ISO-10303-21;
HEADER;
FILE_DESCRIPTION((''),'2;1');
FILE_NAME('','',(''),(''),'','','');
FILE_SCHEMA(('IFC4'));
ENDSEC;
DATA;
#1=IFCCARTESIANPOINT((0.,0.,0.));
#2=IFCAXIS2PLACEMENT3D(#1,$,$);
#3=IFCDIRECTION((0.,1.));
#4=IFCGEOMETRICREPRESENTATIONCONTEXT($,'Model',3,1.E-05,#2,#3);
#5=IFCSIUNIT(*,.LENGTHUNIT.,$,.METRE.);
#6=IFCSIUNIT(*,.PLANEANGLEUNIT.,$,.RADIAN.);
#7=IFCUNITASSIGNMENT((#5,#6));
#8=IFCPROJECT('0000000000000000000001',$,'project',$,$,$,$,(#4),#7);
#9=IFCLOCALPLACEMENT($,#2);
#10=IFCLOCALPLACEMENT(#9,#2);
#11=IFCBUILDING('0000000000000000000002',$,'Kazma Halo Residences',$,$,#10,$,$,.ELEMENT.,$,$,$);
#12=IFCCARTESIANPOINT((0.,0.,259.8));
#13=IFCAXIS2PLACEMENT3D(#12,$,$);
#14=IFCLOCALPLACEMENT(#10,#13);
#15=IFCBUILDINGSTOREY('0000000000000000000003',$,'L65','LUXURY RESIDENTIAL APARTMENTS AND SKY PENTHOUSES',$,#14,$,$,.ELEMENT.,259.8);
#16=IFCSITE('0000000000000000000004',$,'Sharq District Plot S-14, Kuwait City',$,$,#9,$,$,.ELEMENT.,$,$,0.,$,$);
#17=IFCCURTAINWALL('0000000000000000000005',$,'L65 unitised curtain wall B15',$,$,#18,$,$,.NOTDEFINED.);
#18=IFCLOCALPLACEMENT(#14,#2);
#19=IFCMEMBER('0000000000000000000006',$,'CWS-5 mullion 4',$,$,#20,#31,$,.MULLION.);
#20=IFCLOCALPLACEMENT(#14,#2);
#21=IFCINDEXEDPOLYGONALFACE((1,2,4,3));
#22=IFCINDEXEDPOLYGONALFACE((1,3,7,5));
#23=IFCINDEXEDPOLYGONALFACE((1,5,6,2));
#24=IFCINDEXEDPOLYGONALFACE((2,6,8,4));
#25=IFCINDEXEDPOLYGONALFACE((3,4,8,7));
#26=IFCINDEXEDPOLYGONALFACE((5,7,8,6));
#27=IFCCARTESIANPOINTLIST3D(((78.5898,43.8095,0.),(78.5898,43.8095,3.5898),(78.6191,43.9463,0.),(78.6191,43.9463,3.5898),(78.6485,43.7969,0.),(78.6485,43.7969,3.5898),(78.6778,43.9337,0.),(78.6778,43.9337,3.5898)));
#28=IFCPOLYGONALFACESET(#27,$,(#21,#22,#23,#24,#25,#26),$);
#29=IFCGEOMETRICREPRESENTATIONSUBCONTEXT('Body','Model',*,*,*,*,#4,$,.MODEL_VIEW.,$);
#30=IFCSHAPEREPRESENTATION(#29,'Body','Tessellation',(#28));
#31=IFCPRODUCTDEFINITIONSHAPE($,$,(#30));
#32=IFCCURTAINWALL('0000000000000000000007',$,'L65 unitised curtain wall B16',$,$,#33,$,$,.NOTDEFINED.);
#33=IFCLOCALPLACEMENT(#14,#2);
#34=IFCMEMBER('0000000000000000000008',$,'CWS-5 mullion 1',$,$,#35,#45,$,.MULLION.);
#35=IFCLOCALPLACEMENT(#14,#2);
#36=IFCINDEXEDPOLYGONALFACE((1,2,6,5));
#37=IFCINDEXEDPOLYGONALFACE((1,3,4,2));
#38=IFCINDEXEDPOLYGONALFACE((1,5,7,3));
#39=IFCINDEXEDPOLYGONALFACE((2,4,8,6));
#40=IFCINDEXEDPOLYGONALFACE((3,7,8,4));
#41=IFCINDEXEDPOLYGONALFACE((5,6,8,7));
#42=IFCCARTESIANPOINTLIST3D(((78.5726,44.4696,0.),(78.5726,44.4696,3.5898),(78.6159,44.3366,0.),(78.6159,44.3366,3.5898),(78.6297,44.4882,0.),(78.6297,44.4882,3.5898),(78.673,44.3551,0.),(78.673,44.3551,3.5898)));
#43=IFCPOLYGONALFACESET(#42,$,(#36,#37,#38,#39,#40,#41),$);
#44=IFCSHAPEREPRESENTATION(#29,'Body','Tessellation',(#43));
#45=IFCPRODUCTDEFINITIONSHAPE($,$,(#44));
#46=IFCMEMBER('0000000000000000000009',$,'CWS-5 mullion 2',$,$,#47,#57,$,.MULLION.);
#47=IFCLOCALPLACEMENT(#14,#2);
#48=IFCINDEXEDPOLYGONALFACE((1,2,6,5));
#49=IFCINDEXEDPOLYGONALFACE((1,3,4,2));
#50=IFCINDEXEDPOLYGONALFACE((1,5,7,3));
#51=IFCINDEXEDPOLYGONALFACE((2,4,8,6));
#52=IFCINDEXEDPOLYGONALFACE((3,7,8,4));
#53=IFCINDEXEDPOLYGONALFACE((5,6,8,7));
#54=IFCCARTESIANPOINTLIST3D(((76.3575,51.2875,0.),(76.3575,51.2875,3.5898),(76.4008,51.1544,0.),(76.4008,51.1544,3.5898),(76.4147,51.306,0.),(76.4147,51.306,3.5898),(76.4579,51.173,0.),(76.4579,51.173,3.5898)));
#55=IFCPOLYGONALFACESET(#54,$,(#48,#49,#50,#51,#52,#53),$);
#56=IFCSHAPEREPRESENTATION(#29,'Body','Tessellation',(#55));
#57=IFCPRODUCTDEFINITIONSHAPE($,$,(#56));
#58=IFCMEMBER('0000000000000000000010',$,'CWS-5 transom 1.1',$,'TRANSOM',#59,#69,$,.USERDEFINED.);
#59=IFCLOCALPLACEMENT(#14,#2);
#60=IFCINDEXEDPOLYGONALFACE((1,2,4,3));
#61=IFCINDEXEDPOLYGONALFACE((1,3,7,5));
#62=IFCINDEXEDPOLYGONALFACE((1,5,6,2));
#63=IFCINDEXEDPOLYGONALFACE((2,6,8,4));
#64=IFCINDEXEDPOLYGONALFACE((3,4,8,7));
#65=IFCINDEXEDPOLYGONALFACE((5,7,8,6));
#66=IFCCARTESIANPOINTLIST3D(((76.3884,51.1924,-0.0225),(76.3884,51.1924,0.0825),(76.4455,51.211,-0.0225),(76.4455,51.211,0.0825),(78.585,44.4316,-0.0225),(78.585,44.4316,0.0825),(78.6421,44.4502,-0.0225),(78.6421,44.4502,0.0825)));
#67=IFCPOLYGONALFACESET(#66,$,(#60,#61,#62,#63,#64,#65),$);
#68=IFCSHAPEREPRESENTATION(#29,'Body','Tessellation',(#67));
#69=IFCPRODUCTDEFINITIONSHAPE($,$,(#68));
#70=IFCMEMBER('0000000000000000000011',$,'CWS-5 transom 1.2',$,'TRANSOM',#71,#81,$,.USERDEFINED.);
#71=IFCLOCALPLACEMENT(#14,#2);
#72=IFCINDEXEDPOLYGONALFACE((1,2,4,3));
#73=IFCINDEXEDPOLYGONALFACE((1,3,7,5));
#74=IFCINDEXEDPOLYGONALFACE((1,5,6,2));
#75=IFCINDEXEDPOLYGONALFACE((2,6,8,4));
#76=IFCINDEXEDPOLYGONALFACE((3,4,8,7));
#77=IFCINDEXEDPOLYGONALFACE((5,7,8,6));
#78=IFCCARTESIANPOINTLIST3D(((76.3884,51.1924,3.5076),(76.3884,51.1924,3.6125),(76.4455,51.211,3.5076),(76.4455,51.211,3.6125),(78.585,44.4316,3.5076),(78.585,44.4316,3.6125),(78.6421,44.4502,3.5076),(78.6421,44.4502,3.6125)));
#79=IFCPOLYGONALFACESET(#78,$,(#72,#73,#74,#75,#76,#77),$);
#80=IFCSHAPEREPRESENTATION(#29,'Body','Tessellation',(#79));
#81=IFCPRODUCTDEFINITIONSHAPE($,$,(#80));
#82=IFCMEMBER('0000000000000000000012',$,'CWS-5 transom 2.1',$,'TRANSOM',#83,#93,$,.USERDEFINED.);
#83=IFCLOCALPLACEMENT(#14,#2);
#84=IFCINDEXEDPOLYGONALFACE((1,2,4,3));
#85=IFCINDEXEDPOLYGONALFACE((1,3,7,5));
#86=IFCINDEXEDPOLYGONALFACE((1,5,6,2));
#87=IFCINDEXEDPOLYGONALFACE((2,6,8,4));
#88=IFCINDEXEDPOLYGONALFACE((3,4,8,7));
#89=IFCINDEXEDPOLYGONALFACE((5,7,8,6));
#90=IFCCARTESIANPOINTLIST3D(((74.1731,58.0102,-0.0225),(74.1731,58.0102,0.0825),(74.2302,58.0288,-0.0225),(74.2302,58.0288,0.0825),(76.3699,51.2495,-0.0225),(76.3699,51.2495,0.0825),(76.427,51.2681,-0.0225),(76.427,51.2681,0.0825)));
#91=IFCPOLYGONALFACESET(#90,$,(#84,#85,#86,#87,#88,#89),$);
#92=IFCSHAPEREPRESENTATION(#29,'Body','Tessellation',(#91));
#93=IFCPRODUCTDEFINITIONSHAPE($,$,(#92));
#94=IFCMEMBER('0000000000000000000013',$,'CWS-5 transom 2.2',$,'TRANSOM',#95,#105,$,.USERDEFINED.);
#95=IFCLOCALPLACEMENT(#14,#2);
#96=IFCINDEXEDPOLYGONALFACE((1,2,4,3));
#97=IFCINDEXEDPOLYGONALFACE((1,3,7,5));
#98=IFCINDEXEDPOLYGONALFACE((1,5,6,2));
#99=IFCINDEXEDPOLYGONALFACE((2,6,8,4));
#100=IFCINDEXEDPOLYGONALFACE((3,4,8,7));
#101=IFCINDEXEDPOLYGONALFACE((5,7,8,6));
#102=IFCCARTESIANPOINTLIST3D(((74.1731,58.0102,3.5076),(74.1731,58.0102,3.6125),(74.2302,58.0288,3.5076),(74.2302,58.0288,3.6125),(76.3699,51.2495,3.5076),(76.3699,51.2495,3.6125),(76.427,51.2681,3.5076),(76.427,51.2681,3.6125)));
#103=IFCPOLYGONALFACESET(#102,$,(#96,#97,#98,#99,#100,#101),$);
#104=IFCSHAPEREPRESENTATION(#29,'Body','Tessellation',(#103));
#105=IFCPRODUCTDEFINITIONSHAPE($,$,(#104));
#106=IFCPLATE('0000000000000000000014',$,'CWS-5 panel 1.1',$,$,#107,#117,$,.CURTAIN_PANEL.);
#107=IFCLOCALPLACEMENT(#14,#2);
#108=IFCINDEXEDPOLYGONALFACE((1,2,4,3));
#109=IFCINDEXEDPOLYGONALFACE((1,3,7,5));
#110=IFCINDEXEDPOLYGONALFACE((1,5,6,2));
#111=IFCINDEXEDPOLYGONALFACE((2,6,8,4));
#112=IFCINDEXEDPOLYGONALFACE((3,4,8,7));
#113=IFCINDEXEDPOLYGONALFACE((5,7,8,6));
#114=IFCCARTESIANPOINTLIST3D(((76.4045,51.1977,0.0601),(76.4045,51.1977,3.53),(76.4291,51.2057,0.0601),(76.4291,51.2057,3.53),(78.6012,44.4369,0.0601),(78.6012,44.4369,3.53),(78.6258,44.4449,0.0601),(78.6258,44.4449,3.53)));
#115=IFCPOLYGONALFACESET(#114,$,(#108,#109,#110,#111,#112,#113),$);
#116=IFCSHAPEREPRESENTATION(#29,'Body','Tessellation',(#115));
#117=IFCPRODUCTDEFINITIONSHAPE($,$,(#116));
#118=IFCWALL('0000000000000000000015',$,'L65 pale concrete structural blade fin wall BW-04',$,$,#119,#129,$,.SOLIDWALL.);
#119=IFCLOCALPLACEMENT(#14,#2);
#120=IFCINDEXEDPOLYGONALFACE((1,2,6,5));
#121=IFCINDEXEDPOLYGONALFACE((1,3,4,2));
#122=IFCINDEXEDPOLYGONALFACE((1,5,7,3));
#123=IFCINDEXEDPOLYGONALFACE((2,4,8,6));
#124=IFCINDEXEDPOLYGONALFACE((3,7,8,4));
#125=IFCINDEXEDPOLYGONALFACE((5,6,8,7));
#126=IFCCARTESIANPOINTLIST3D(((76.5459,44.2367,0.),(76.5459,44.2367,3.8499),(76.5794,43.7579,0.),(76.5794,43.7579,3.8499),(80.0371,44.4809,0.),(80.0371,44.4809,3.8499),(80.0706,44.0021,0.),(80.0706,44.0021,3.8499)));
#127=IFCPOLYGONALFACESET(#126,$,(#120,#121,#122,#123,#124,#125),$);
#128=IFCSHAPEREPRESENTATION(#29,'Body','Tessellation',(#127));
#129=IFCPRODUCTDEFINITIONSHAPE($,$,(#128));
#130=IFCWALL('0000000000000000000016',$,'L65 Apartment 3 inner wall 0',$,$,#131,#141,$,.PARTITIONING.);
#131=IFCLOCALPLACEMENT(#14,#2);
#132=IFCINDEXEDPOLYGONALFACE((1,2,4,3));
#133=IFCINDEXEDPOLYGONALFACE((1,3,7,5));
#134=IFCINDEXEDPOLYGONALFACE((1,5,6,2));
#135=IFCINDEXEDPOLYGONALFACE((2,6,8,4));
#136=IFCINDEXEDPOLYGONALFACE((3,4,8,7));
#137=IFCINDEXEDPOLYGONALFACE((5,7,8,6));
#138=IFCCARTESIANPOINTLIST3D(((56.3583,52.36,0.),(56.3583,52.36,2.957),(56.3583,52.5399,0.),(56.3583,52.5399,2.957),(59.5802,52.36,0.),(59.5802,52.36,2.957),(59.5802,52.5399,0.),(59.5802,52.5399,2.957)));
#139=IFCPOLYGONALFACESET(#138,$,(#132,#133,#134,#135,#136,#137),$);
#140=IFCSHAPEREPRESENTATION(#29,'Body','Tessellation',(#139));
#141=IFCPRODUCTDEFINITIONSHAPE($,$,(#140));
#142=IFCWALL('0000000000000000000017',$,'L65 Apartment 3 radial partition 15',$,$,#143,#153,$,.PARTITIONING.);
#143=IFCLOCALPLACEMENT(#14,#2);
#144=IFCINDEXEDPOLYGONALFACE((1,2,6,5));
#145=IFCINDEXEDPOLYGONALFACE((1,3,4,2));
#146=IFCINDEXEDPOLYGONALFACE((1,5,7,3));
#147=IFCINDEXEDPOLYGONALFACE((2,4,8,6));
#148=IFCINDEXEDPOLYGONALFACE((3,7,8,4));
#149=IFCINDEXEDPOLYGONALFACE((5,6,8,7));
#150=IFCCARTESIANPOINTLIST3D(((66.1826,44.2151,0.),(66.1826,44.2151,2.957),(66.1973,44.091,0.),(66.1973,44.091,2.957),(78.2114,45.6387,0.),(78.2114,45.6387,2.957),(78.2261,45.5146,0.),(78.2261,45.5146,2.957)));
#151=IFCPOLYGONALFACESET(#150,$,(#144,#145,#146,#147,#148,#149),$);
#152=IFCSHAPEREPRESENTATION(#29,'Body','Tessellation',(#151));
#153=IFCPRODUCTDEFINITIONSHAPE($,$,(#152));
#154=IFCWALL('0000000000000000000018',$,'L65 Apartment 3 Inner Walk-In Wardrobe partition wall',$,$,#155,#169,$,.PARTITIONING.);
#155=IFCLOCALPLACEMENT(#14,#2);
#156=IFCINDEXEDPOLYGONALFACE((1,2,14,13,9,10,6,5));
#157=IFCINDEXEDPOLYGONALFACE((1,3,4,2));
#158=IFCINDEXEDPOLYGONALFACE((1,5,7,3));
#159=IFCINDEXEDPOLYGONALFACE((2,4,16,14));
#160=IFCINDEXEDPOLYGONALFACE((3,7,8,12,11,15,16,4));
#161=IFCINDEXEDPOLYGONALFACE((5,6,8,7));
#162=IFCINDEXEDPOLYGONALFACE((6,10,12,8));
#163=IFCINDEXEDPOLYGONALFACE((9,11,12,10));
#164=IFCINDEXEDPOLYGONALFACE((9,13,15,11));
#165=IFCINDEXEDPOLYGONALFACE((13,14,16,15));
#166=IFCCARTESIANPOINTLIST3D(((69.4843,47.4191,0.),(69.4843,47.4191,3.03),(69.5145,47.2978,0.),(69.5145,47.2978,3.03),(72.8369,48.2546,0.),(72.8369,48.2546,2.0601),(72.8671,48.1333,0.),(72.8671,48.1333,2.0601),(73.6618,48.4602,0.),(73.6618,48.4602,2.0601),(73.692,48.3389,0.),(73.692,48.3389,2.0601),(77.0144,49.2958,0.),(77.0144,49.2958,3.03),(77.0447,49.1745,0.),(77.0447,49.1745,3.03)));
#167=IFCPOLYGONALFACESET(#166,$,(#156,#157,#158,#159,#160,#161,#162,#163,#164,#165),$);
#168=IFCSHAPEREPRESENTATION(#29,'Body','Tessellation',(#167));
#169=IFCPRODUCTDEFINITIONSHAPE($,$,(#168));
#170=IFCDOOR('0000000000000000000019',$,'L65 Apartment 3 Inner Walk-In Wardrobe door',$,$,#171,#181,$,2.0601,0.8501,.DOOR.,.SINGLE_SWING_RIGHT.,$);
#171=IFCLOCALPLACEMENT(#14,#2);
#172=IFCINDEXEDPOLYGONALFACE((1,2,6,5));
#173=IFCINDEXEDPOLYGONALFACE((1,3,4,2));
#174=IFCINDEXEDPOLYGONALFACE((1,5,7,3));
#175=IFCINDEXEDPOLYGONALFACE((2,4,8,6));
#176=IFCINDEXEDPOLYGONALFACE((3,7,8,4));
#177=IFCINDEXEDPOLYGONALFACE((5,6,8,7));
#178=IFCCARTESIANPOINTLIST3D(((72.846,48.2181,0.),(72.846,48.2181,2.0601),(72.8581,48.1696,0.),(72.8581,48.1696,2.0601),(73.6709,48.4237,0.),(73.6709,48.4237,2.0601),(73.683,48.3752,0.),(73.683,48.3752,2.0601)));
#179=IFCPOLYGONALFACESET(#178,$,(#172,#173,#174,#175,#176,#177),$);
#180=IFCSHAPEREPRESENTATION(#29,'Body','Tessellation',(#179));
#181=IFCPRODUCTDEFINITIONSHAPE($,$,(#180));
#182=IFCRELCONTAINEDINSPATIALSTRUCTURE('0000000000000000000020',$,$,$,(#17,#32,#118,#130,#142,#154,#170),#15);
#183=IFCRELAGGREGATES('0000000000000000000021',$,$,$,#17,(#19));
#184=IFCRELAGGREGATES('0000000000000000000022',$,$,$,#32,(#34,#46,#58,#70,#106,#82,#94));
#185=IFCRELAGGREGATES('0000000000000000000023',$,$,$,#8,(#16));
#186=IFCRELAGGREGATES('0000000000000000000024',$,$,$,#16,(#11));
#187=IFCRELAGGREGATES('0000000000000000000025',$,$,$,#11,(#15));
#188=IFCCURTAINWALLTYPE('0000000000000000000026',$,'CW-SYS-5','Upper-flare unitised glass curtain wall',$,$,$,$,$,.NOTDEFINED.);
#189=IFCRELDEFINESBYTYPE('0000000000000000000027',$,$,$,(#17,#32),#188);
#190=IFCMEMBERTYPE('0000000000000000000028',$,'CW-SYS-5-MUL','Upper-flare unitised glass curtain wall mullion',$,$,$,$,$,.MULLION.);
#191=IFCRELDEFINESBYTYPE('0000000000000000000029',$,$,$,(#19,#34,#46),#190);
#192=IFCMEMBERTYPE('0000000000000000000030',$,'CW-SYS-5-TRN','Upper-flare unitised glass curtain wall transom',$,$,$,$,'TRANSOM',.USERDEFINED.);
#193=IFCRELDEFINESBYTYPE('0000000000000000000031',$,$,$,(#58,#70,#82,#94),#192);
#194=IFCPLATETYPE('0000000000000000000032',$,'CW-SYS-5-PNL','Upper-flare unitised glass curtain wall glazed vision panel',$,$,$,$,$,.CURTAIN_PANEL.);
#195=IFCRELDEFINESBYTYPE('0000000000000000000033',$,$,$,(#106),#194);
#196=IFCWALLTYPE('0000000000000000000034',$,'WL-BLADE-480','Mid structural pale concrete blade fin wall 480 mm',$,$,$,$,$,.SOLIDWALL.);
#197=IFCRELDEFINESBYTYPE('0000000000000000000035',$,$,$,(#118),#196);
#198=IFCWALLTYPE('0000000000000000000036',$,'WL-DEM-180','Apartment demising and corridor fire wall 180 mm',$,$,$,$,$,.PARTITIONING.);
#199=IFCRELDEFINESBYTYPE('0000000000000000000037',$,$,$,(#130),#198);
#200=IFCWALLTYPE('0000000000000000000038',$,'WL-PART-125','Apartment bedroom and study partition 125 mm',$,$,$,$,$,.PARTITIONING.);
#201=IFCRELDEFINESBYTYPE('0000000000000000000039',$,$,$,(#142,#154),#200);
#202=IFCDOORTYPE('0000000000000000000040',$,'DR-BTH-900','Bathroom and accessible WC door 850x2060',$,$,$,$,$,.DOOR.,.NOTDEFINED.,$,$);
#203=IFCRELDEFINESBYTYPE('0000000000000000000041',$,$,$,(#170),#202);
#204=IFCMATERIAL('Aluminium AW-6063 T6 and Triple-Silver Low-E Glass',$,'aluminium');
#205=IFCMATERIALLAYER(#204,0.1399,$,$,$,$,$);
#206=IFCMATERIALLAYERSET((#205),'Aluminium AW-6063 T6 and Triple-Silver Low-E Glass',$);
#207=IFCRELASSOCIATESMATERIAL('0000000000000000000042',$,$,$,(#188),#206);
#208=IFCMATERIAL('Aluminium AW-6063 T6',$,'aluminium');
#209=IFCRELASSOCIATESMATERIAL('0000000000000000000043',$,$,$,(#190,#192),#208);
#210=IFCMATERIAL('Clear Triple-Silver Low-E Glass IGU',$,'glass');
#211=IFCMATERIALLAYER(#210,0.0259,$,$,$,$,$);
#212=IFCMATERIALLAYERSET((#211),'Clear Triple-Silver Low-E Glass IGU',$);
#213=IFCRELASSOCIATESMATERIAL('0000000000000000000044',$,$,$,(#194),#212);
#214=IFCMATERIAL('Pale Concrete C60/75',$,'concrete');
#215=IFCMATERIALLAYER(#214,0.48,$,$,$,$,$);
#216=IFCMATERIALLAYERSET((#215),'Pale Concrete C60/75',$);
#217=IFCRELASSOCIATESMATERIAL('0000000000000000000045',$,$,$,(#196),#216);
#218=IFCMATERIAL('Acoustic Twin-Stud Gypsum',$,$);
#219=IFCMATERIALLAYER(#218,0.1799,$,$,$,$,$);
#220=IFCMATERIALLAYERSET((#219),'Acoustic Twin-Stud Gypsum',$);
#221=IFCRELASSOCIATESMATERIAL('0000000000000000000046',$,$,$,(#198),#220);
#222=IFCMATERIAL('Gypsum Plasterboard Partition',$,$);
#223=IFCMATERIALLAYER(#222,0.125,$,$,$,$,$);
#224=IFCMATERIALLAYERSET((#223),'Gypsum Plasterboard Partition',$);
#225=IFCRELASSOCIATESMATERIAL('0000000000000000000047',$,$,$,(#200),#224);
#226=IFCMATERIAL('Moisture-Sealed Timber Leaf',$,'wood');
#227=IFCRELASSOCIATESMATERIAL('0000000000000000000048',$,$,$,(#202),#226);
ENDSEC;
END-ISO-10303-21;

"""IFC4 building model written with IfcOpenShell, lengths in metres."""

from ifc_helpers import new_model, si_unit, direction, frame, frame_2d, origin, origin_2d, place, context, subcontext, project, spatial, rectangle, extrude, material, layer, layer_set, material_profile, profile_set, type_object, element, fill, aggregate, save


model = new_model("IFC4")

# Units and contexts
model_context = context("Model", 3, precision=1e-05, world=origin(), true_north=direction((0.0, 1.0)))
body_context = subcontext(model_context, "Body", "Model", "MODEL_VIEW")
ifc_project = project(units=[si_unit("LENGTHUNIT", "METRE"), si_unit("PLANEANGLEUNIT", "RADIAN")], contexts=[model_context])

# Site, building, storey
site_placement = place(None, origin())
site = spatial("IfcSite", under=ifc_project, at=site_placement, Name="Sharq District Plot S-14, Kuwait City", CompositionType="ELEMENT", RefElevation=0.0)
building_placement = place(site_placement, origin())
building = spatial("IfcBuilding", under=site, at=building_placement, Name="Kazma Halo Residences", CompositionType="ELEMENT")
storey_placement = place(building_placement, frame((0.0, 0.0, 259.8)))
storey = spatial("IfcBuildingStorey", under=building, at=storey_placement, Name="L65", Description="LUXURY RESIDENTIAL APARTMENTS AND SKY PENTHOUSES", CompositionType="ELEMENT", Elevation=259.8)

# Curtain wall, member
ifc_material_1 = material(Name="Aluminium AW-6063 T6 and Triple-Silver Low-E Glass", Category="aluminium")
ifc_layer_1 = layer(ifc_material_1, 0.1399)
ifc_layer_set_1 = layer_set([ifc_layer_1], Name="Aluminium AW-6063 T6 and Triple-Silver Low-E Glass")
curtain_wall_type = type_object("IfcCurtainWallType", Name="CW-SYS-5", Description="Upper-flare unitised glass curtain wall", PredefinedType="NOTDEFINED", material=ifc_layer_set_1)
curtain_wall_1_placement = place(storey_placement, origin())
curtain_wall_1 = element("IfcCurtainWall", 1, at=curtain_wall_1_placement, inside=storey, type_object=curtain_wall_type, Name="L65 unitised curtain wall B15", PredefinedType="NOTDEFINED")
ifc_material_2 = material(Name="Aluminium AW-6063 T6", Category="aluminium")
ifc_material_profile_1 = material_profile(ifc_material_2, rectangle(XDim=0.0601, YDim=0.1399, at=origin_2d()), Name="CWM-60x140")
ifc_profile_set_1 = profile_set([ifc_material_profile_1], Name="Aluminium AW-6063 T6")
member_type_1 = type_object("IfcMemberType", Name="CW-SYS-5-MUL", Description="Upper-flare unitised glass curtain wall mullion", PredefinedType="MULLION", material=ifc_profile_set_1)
member_1_placement = place(storey_placement, frame((78.6338, 43.8716, 0.0), z_axis=(0.0, 0.0, 1.0), x_axis=(-0.977775, 0.209657, 0.0)))
member_1 = element("IfcMember", 2, at=member_1_placement, type_object=member_type_1, Name="CWS-5 mullion 4", PredefinedType="MULLION", context=body_context, shape_type="SweptSolid", body=[
    extrude(rectangle(XDim=0.0601, YDim=0.1399, at=origin_2d()), origin(), (0.0, 0.0, 1.0), 3.5898),
])
aggregate(curtain_wall_1, [member_1])

# Curtain wall, members, plate
curtain_wall_2_placement = place(storey_placement, origin())
curtain_wall_2 = element("IfcCurtainWall", 3, at=curtain_wall_2_placement, inside=storey, type_object=curtain_wall_type, Name="L65 unitised curtain wall B16", PredefinedType="NOTDEFINED")
member_2_placement = place(storey_placement, frame((78.6228, 44.4124, 0.0), z_axis=(0.0, 0.0, 1.0), x_axis=(-0.951058, -0.309011, 0.0)))
member_2 = element("IfcMember", 4, at=member_2_placement, type_object=member_type_1, Name="CWS-5 mullion 1", PredefinedType="MULLION", context=body_context, shape_type="SweptSolid", body=[
    extrude(rectangle(XDim=0.0601, YDim=0.1399, at=origin_2d()), origin(), (0.0, 0.0, 1.0), 3.5898),
])
member_3_placement = place(storey_placement, frame((76.4077, 51.2302, 0.0), z_axis=(0.0, 0.0, 1.0), x_axis=(-0.951058, -0.309011, 0.0)))
member_3 = element("IfcMember", 5, at=member_3_placement, type_object=member_type_1, Name="CWS-5 mullion 2", PredefinedType="MULLION", context=body_context, shape_type="SweptSolid", body=[
    extrude(rectangle(XDim=0.0601, YDim=0.1399, at=origin_2d()), origin(), (0.0, 0.0, 1.0), 3.5898),
])
ifc_material_profile_2 = material_profile(ifc_material_2, rectangle(XDim=0.0601, YDim=0.105, at=origin_2d()), Name="CWT-60x105")
ifc_profile_set_2 = profile_set([ifc_material_profile_2], Name="Aluminium AW-6063 T6")
member_type_2 = type_object("IfcMemberType", Name="CW-SYS-5-TRN", Description="Upper-flare unitised glass curtain wall transom", ElementType="TRANSOM", PredefinedType="USERDEFINED", material=ifc_profile_set_2)
member_4_placement = place(storey_placement, frame((78.6135, 44.4409, 0.03), z_axis=(-0.308996, 0.951063, 0.0), x_axis=(-0.951063, -0.308996, 0.0)))
member_4 = element("IfcMember", 6, at=member_4_placement, type_object=member_type_2, Name="CWS-5 transom 1.1", ObjectType="TRANSOM", PredefinedType="USERDEFINED", context=body_context, shape_type="SweptSolid", body=[
    extrude(rectangle(XDim=0.0601, YDim=0.105, at=origin_2d()), origin(), (0.0, 0.0, 1.0), 7.1086),
])
member_5_placement = place(storey_placement, frame((78.6135, 44.4409, 3.5601), z_axis=(-0.308996, 0.951063, 0.0), x_axis=(-0.951063, -0.308996, 0.0)))
member_5 = element("IfcMember", 7, at=member_5_placement, type_object=member_type_2, Name="CWS-5 transom 1.2", ObjectType="TRANSOM", PredefinedType="USERDEFINED", context=body_context, shape_type="SweptSolid", body=[
    extrude(rectangle(XDim=0.0601, YDim=0.105, at=origin_2d()), origin(), (0.0, 0.0, 1.0), 7.1086),
])
member_6_placement = place(storey_placement, frame((76.3984, 51.2588, 0.03), z_axis=(-0.309027, 0.951053, 0.0), x_axis=(-0.951053, -0.309027, 0.0)))
member_6 = element("IfcMember", 8, at=member_6_placement, type_object=member_type_2, Name="CWS-5 transom 2.1", ObjectType="TRANSOM", PredefinedType="USERDEFINED", context=body_context, shape_type="SweptSolid", body=[
    extrude(rectangle(XDim=0.0601, YDim=0.105, at=origin_2d()), origin(), (0.0, 0.0, 1.0), 7.1086),
])
member_7_placement = place(storey_placement, frame((76.3984, 51.2588, 3.5601), z_axis=(-0.309027, 0.951053, 0.0), x_axis=(-0.951053, -0.309027, 0.0)))
member_7 = element("IfcMember", 9, at=member_7_placement, type_object=member_type_2, Name="CWS-5 transom 2.2", ObjectType="TRANSOM", PredefinedType="USERDEFINED", context=body_context, shape_type="SweptSolid", body=[
    extrude(rectangle(XDim=0.0601, YDim=0.105, at=origin_2d()), origin(), (0.0, 0.0, 1.0), 7.1086),
])
ifc_material_3 = material(Name="Clear Triple-Silver Low-E Glass IGU", Category="glass")
ifc_layer_2 = layer(ifc_material_3, 0.0259)
ifc_layer_set_2 = layer_set([ifc_layer_2], Name="Clear Triple-Silver Low-E Glass IGU")
plate_type = type_object("IfcPlateType", Name="CW-SYS-5-PNL", Description="Upper-flare unitised glass curtain wall glazed vision panel", PredefinedType="CURTAIN_PANEL", material=ifc_layer_set_2)
plate_placement = place(storey_placement, frame((77.5151, 47.8213, 0.0601), z_axis=(0.0, 0.0, 1.0), x_axis=(-0.309011, 0.951058, 0.0)))
plate = element("IfcPlate", 10, at=plate_placement, type_object=plate_type, Name="CWS-5 panel 1.1", PredefinedType="CURTAIN_PANEL", context=body_context, shape_type="SweptSolid", body=[
    extrude(rectangle(XDim=7.1086, YDim=0.0259, at=origin_2d()), origin(), (0.0, 0.0, 1.0), 3.47),
])
aggregate(curtain_wall_2, [member_2, member_3, member_4, member_5, plate, member_6, member_7])

# Walls
ifc_material_4 = material(Name="Pale Concrete C60/75", Category="concrete")
ifc_layer_3 = layer(ifc_material_4, 0.48)
ifc_layer_set_3 = layer_set([ifc_layer_3], Name="Pale Concrete C60/75")
wall_type_1 = type_object("IfcWallType", Name="WL-BLADE-480", Description="Mid structural pale concrete blade fin wall 480 mm", PredefinedType="SOLIDWALL", material=ifc_layer_set_3)
wall_1_placement = place(storey_placement, frame((76.5625, 43.9973, 0.0), z_axis=(0.0, 0.0, 1.0), x_axis=(0.997564, 0.06976, 0.0)))
element("IfcWall", 11, at=wall_1_placement, inside=storey, type_object=wall_type_1, Name="L65 pale concrete structural blade fin wall BW-04", PredefinedType="SOLIDWALL", context=body_context, shape_type="SweptSolid", body=[
    extrude(rectangle(XDim=3.4998, YDim=0.48, at=frame_2d((1.75, 0.0))), origin(), (0.0, 0.0, 1.0), 3.8499),
])
ifc_material_5 = material(Name="Acoustic Twin-Stud Gypsum")
ifc_layer_4 = layer(ifc_material_5, 0.1799)
ifc_layer_set_4 = layer_set([ifc_layer_4], Name="Acoustic Twin-Stud Gypsum")
wall_type_2 = type_object("IfcWallType", Name="WL-DEM-180", Description="Apartment demising and corridor fire wall 180 mm", PredefinedType="PARTITIONING", material=ifc_layer_set_4)
wall_2_placement = place(storey_placement, frame((59.5801, 52.45, 0.0), z_axis=(0.0, 0.0, 1.0), x_axis=(-1.0, 0.0, 0.0)))
element("IfcWall", 12, at=wall_2_placement, inside=storey, type_object=wall_type_2, Name="L65 Apartment 3 inner wall 0", PredefinedType="PARTITIONING", context=body_context, shape_type="SweptSolid", body=[
    extrude(rectangle(XDim=3.2219, YDim=0.1799, at=frame_2d((1.6108, 0.0))), origin(), (0.0, 0.0, 1.0), 2.957),
])
ifc_material_6 = material(Name="Gypsum Plasterboard Partition")
ifc_layer_5 = layer(ifc_material_6, 0.125)
ifc_layer_set_5 = layer_set([ifc_layer_5], Name="Gypsum Plasterboard Partition")
wall_type_3 = type_object("IfcWallType", Name="WL-PART-125", Description="Apartment bedroom and study partition 125 mm", PredefinedType="PARTITIONING", material=ifc_layer_set_5)
wall_3_placement = place(storey_placement, frame((66.1899, 44.1531, 0.0), z_axis=(0.0, 0.0, 1.0), x_axis=(0.99307, 0.117528, 0.0)))
element("IfcWall", 13, at=wall_3_placement, inside=storey, type_object=wall_type_3, Name="L65 Apartment 3 radial partition 15", PredefinedType="PARTITIONING", context=body_context, shape_type="SweptSolid", body=[
    extrude(rectangle(XDim=12.1128, YDim=0.125, at=frame_2d((6.0564, 0.0))), origin(), (0.0, 0.0, 1.0), 2.957),
])

# Wall, opening, door
wall_4_placement = place(storey_placement, frame((69.4993, 47.3584, 0.0), z_axis=(0.0, 0.0, 1.0), x_axis=(0.97032, 0.241825, 0.0)))
wall_4 = element("IfcWall", 14, at=wall_4_placement, inside=storey, type_object=wall_type_3, Name="L65 Apartment 3 Inner Walk-In Wardrobe partition wall", PredefinedType="PARTITIONING", context=body_context, shape_type="SweptSolid", body=[
    extrude(rectangle(XDim=7.7605, YDim=0.125, at=frame_2d((3.8804, 0.0))), origin(), (0.0, 0.0, 1.0), 3.03),
])
opening_1_placement = place(wall_4_placement, frame((3.4553, 0.0, 0.0)))
opening_1 = element("IfcOpeningElement", 15, at=opening_1_placement, cuts=wall_4, PredefinedType="OPENING", context=body_context, shape_type="SweptSolid", body=[
    extrude(rectangle(XDim=0.8501, YDim=2.0601, at=frame_2d((0.425, 1.03))), frame((0.0, 0.0725, 0.0), z_axis=(0.0, -1.0, 0.0), x_axis=(1.0, 0.0, 0.0)), (0.0, 0.0, 1.0), 0.145),
])
ifc_material_7 = material(Name="Moisture-Sealed Timber Leaf", Category="wood")
door_type = type_object("IfcDoorType", Name="DR-BTH-900", Description="Bathroom and accessible WC door 850x2060", OperationType="NOTDEFINED", PredefinedType="DOOR", material=ifc_material_7)
door_1_placement = place(opening_1_placement, origin())
door_1 = element("IfcDoor", 16, at=door_1_placement, inside=storey, type_object=door_type, Name="L65 Apartment 3 Inner Walk-In Wardrobe door", OperationType="SINGLE_SWING_RIGHT", OverallHeight=2.0601, OverallWidth=0.8501, PredefinedType="DOOR", context=body_context, shape_type="SweptSolid", body=[
    extrude(rectangle(XDim=0.8501, YDim=2.0601, at=frame_2d((0.425, 1.03))), frame((0.0, 0.0249, 0.0), z_axis=(0.0, -1.0, 0.0), x_axis=(1.0, 0.0, 0.0)), (0.0, 0.0, 1.0), 0.05),
])
fill(opening_1, door_1)

save(model, "model.ifc")
